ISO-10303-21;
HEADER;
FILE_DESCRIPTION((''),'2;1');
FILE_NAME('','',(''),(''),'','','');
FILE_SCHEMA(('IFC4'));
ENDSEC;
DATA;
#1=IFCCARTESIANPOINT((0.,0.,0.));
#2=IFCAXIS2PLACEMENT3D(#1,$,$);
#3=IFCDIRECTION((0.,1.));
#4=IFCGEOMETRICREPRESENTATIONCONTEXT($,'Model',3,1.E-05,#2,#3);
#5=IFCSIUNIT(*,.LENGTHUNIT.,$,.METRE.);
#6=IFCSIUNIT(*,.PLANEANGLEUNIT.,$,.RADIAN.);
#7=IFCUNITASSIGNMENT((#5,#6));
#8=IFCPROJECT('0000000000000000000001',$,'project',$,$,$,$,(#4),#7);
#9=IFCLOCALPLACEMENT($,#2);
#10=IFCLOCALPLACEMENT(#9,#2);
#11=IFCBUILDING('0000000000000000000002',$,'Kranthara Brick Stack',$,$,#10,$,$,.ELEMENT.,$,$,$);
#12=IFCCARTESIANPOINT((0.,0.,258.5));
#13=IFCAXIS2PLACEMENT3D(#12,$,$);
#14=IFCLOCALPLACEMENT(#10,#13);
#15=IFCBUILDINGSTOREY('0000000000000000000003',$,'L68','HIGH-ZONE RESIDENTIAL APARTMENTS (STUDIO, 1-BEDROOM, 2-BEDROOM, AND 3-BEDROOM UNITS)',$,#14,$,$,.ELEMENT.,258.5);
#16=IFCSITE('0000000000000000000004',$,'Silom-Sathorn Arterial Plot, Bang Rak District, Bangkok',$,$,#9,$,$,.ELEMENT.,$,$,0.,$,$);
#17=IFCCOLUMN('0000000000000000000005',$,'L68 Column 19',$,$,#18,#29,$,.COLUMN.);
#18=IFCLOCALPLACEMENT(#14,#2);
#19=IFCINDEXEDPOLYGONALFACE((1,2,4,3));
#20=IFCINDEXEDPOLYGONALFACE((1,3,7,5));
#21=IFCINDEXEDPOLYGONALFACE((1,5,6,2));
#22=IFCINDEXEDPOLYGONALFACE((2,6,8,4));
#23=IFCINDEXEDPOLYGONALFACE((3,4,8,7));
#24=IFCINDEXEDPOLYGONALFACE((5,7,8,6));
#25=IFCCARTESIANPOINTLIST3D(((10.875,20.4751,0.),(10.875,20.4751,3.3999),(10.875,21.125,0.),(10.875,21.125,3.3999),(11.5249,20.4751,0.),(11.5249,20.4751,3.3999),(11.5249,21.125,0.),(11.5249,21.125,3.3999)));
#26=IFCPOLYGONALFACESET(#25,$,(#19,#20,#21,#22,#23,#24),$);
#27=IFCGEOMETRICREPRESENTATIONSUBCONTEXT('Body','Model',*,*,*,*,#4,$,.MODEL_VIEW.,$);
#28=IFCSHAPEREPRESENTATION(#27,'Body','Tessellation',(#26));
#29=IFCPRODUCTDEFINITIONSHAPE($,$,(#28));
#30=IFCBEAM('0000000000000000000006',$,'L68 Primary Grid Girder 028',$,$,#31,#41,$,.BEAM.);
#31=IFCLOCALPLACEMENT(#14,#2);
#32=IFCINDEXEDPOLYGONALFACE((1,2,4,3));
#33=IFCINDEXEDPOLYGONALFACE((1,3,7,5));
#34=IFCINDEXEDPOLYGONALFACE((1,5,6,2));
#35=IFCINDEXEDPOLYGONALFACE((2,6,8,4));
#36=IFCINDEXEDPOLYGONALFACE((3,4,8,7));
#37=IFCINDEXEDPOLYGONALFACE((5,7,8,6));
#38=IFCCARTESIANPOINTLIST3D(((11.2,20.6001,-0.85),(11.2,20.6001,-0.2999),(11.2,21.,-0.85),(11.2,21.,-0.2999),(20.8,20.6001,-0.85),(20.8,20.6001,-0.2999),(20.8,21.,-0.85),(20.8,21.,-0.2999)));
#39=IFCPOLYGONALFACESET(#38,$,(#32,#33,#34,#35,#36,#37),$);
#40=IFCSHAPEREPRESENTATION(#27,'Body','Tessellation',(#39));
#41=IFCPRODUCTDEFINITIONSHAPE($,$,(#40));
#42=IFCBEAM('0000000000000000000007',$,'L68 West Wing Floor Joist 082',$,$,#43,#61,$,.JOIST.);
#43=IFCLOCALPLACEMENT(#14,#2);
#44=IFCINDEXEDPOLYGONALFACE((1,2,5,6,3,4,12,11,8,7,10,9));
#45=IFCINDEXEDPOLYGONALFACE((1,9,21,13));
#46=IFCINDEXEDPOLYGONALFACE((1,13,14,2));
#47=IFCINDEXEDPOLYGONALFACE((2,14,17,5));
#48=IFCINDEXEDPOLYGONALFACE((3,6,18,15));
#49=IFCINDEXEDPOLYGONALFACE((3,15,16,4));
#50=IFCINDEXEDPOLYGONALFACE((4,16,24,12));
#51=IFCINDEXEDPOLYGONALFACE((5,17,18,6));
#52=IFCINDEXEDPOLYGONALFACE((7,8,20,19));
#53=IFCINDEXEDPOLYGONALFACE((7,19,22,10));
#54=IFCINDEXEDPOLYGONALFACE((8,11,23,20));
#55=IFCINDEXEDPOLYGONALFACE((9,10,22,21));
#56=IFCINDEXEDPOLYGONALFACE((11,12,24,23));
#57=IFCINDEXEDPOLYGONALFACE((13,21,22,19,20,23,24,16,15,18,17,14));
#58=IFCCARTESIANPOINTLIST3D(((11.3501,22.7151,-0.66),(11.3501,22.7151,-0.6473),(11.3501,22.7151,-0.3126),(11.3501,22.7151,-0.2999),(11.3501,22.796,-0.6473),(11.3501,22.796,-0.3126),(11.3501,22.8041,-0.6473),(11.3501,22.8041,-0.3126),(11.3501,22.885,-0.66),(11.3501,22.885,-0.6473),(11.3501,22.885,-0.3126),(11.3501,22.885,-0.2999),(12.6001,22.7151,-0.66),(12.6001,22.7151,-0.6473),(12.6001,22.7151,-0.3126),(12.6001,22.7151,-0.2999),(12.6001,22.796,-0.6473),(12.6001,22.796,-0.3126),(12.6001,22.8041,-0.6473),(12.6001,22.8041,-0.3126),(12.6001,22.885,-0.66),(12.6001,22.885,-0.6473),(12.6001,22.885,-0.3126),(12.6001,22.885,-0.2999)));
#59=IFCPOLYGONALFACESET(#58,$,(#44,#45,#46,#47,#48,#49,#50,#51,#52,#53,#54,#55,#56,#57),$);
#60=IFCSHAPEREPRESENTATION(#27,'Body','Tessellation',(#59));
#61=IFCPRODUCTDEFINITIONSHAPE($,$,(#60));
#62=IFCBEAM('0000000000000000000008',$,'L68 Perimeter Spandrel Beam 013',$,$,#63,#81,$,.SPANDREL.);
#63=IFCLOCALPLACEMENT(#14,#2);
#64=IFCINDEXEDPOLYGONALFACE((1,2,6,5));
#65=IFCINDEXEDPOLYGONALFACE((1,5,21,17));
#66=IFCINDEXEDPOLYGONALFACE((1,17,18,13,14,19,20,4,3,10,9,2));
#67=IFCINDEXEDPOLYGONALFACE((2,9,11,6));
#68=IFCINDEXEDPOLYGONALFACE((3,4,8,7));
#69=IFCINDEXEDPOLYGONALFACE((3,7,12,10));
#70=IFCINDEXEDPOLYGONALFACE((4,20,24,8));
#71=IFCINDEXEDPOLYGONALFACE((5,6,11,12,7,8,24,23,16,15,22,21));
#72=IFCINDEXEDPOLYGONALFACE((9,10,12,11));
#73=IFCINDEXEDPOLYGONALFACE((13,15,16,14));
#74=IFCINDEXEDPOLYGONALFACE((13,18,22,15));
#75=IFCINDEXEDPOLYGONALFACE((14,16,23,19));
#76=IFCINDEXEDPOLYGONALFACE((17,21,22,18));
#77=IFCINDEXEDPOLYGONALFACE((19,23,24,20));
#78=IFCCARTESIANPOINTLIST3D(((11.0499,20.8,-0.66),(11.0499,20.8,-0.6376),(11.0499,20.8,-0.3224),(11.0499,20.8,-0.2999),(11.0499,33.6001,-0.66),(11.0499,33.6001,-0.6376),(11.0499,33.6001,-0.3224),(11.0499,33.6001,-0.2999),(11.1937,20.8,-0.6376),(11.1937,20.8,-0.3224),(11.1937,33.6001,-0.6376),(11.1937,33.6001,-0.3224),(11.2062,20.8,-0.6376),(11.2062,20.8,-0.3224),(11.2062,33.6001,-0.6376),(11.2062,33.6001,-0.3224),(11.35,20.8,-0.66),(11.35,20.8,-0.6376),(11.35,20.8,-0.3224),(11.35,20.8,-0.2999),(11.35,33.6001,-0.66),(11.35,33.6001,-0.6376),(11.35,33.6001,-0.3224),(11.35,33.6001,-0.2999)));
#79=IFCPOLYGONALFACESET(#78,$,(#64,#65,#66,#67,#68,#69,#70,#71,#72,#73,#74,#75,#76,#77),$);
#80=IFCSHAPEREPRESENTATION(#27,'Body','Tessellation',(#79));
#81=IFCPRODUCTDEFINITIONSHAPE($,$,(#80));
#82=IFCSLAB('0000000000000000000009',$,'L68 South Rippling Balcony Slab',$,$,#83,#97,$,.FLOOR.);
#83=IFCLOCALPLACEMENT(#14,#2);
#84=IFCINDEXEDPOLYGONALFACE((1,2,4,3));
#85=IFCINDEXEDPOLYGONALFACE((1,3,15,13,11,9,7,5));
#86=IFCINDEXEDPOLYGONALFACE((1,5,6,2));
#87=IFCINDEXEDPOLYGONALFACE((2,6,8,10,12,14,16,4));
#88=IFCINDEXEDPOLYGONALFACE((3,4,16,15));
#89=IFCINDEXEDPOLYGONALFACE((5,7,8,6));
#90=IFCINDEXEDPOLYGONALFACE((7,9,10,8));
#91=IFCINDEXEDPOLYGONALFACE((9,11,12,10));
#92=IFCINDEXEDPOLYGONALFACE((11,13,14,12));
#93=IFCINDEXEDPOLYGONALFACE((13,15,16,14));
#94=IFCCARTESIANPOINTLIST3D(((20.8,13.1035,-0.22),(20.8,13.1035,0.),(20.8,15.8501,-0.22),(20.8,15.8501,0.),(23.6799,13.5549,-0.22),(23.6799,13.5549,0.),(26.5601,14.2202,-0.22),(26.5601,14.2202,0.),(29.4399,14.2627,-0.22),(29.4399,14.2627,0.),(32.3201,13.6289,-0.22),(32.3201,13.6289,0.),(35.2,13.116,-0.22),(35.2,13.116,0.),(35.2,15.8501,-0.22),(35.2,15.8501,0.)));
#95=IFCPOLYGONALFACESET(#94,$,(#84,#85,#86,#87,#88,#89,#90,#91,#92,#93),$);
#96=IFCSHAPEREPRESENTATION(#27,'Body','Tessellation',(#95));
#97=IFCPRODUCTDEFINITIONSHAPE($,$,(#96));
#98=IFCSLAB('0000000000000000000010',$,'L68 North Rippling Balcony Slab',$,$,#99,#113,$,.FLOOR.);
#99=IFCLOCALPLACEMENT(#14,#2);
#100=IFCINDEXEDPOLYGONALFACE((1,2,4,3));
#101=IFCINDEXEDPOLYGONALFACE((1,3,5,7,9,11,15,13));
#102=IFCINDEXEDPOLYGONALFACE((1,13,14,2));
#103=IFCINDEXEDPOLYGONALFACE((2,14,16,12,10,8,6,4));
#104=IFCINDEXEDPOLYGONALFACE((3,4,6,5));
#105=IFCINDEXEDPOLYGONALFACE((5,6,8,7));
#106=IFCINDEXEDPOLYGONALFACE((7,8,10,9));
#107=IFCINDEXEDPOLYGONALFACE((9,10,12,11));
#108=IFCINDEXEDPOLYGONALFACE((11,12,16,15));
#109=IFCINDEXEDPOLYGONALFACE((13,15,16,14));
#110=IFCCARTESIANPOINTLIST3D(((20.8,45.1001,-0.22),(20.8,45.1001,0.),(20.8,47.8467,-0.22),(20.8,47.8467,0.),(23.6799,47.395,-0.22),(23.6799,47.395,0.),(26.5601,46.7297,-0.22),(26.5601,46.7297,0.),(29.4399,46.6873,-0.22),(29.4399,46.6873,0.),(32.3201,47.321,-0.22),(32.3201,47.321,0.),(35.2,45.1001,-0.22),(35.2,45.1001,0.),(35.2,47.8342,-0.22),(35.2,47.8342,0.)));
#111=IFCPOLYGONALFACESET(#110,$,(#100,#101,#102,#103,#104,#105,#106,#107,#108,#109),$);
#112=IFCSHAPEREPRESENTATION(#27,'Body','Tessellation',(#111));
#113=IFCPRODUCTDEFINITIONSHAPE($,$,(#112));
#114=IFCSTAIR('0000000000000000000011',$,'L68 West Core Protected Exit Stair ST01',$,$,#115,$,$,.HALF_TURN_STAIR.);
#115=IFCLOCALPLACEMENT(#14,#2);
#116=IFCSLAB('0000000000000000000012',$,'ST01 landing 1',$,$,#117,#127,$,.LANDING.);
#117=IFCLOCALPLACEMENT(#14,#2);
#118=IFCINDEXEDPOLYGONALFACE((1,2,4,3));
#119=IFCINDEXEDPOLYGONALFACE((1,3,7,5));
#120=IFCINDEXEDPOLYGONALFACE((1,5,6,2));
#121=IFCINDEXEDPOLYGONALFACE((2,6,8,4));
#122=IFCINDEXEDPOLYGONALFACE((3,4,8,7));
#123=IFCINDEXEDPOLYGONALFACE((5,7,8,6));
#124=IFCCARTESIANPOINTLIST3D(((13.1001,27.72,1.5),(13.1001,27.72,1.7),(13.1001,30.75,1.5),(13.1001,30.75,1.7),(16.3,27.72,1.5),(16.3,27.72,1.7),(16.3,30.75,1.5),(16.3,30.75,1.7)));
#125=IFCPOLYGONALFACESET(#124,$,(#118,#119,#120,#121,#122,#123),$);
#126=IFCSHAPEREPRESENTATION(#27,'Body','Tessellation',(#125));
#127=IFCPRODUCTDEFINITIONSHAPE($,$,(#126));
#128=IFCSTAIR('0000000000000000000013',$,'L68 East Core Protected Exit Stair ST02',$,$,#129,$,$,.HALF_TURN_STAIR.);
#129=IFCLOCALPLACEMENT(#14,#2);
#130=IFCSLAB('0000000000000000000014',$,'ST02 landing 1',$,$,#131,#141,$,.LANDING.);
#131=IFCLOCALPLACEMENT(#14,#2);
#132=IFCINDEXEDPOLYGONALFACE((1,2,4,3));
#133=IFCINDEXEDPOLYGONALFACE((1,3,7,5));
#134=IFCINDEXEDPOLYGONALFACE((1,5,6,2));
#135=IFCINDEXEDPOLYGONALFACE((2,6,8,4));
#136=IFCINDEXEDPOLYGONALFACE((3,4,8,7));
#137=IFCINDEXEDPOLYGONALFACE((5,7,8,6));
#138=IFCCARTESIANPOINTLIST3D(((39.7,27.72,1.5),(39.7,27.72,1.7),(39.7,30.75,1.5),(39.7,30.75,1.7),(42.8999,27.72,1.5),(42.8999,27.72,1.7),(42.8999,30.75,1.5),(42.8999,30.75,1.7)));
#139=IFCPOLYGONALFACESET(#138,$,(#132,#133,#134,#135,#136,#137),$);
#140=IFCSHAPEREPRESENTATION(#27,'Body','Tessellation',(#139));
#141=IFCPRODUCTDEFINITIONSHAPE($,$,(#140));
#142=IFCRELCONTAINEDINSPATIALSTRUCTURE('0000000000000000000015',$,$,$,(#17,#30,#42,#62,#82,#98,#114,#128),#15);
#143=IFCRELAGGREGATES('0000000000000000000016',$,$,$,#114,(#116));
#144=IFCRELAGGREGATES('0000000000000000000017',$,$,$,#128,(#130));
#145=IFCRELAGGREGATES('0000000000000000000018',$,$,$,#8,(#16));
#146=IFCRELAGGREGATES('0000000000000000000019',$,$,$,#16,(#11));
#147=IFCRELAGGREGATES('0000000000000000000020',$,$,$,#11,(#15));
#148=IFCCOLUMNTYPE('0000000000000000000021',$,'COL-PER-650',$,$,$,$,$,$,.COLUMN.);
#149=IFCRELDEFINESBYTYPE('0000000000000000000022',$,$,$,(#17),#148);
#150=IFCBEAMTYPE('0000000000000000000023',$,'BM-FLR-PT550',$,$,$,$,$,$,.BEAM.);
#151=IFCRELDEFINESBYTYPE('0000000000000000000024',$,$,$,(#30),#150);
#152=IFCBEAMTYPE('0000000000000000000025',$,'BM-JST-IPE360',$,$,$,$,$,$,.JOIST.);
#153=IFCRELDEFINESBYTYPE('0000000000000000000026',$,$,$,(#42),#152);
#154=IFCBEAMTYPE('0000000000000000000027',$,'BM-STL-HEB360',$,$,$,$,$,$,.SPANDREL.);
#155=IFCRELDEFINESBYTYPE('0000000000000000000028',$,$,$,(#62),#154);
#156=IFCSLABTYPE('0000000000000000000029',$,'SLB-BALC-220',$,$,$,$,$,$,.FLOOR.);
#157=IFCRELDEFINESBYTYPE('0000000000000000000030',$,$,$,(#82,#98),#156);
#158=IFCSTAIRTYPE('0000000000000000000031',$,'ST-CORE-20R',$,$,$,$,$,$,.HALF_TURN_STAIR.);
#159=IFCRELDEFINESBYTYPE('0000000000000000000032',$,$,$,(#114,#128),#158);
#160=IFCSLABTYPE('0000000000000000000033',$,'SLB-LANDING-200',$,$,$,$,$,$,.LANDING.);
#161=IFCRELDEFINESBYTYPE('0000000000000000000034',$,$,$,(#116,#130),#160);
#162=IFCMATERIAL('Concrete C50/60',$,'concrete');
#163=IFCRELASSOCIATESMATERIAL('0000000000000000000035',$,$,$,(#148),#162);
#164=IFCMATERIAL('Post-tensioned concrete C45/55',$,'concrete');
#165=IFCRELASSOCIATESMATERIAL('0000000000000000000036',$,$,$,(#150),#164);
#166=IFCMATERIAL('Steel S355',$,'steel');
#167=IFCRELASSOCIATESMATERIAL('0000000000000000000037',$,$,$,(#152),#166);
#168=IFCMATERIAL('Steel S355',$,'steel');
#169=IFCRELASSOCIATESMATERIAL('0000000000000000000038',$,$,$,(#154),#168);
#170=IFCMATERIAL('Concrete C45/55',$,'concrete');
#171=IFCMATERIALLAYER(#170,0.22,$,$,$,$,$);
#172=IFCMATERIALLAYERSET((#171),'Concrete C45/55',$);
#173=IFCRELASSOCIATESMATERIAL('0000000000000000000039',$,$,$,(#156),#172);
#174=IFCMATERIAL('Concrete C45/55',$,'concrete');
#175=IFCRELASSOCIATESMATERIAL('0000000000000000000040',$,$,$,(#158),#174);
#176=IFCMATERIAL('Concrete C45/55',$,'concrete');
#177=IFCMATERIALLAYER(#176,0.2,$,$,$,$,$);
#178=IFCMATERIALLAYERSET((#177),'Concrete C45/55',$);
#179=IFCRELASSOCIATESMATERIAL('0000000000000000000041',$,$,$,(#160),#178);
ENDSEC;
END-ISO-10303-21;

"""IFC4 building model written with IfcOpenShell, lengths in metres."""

from ifc_helpers import new_model, si_unit, direction, frame, origin, origin_2d, place, context, subcontext, project, spatial, polyline, rectangle, i_section, outline, extrude, material, layer, layer_set, material_profile, profile_set, type_object, element, aggregate, save


model = new_model("IFC4")

# Units and contexts
model_context = context("Model", 3, precision=1e-05, world=origin(), true_north=direction((0.0, 1.0)))
body_context = subcontext(model_context, "Body", "Model", "MODEL_VIEW")
ifc_project = project(units=[si_unit("LENGTHUNIT", "METRE"), si_unit("PLANEANGLEUNIT", "RADIAN")], contexts=[model_context])

# Site, building, storey
site_placement = place(None, origin())
site = spatial("IfcSite", under=ifc_project, at=site_placement, Name="Silom-Sathorn Arterial Plot, Bang Rak District, Bangkok", CompositionType="ELEMENT", RefElevation=0.0)
building_placement = place(site_placement, origin())
building = spatial("IfcBuilding", under=site, at=building_placement, Name="Kranthara Brick Stack", CompositionType="ELEMENT")
storey_placement = place(building_placement, frame((0.0, 0.0, 258.5)))
storey = spatial("IfcBuildingStorey", under=building, at=storey_placement, Name="L68", Description="HIGH-ZONE RESIDENTIAL APARTMENTS (STUDIO, 1-BEDROOM, 2-BEDROOM, AND 3-BEDROOM UNITS)", CompositionType="ELEMENT", Elevation=258.5)

# Column
ifc_material_1 = material(Name="Concrete C50/60", Category="concrete")
ifc_material_profile_1 = material_profile(ifc_material_1, rectangle(XDim=0.6499, YDim=0.6499, at=origin_2d()), Name="RC 650x650")
ifc_profile_set_1 = profile_set([ifc_material_profile_1], Name="Concrete C50/60")
column_type = type_object("IfcColumnType", Name="COL-PER-650", PredefinedType="COLUMN", material=ifc_profile_set_1)
column_placement = place(storey_placement, frame((11.2, 20.8, 0.0), z_axis=(0.0, 0.0, 1.0), x_axis=(1.0, 0.0, 0.0)))
element("IfcColumn", 1, at=column_placement, inside=storey, type_object=column_type, Name="L68 Column 19", PredefinedType="COLUMN", context=body_context, shape_type="SweptSolid", body=[
    extrude(rectangle(XDim=0.6499, YDim=0.6499, at=origin_2d()), origin(), (0.0, 0.0, 1.0), 3.3999),
])

# Beams
ifc_material_2 = material(Name="Post-tensioned concrete C45/55", Category="concrete")
ifc_material_profile_2 = material_profile(ifc_material_2, rectangle(XDim=0.3999, YDim=0.55, at=origin_2d()), Name="PT 400x550")
ifc_profile_set_2 = profile_set([ifc_material_profile_2], Name="Post-tensioned concrete C45/55")
beam_type_1 = type_object("IfcBeamType", Name="BM-FLR-PT550", PredefinedType="BEAM", material=ifc_profile_set_2)
beam_1_placement = place(storey_placement, frame((11.2, 20.8, -0.575), z_axis=(1.0, 0.0, 0.0), x_axis=(0.0, 1.0, 0.0)))
element("IfcBeam", 2, at=beam_1_placement, inside=storey, type_object=beam_type_1, Name="L68 Primary Grid Girder 028", PredefinedType="BEAM", context=body_context, shape_type="SweptSolid", body=[
    extrude(rectangle(XDim=0.3999, YDim=0.55, at=origin_2d()), origin(), (0.0, 0.0, 1.0), 9.6001),
])
ifc_material_3 = material(Name="Steel S355", Category="steel")
ifc_material_profile_3 = material_profile(ifc_material_3, i_section(OverallWidth=0.1699, OverallDepth=0.3601, WebThickness=0.0081, FlangeThickness=0.0127, at=origin_2d()), Name="IPE 360")
ifc_profile_set_3 = profile_set([ifc_material_profile_3], Name="Steel S355")
beam_type_2 = type_object("IfcBeamType", Name="BM-JST-IPE360", PredefinedType="JOIST", material=ifc_profile_set_3)
beam_2_placement = place(storey_placement, frame((11.3501, 22.8, -0.48), z_axis=(1.0, 0.0, 0.0), x_axis=(0.0, 1.0, 0.0)))
element("IfcBeam", 3, at=beam_2_placement, inside=storey, type_object=beam_type_2, Name="L68 West Wing Floor Joist 082", PredefinedType="JOIST", context=body_context, shape_type="SweptSolid", body=[
    extrude(i_section(OverallWidth=0.1699, OverallDepth=0.3601, WebThickness=0.0081, FlangeThickness=0.0127, at=origin_2d()), origin(), (0.0, 0.0, 1.0), 1.25),
])
ifc_material_4 = material(Name="Steel S355", Category="steel")
ifc_material_profile_4 = material_profile(ifc_material_4, i_section(OverallWidth=0.3, OverallDepth=0.3601, WebThickness=0.0125, FlangeThickness=0.0225, at=origin_2d()), Name="HEB 360")
ifc_profile_set_4 = profile_set([ifc_material_profile_4], Name="Steel S355")
beam_type_3 = type_object("IfcBeamType", Name="BM-STL-HEB360", PredefinedType="SPANDREL", material=ifc_profile_set_4)
beam_3_placement = place(storey_placement, frame((11.2, 20.8, -0.48), z_axis=(0.0, 1.0, 0.0), x_axis=(-1.0, 0.0, 0.0)))
element("IfcBeam", 4, at=beam_3_placement, inside=storey, type_object=beam_type_3, Name="L68 Perimeter Spandrel Beam 013", PredefinedType="SPANDREL", context=body_context, shape_type="SweptSolid", body=[
    extrude(i_section(OverallWidth=0.3, OverallDepth=0.3601, WebThickness=0.0125, FlangeThickness=0.0225, at=origin_2d()), origin(), (0.0, 0.0, 1.0), 12.8),
])

# Slabs
ifc_material_5 = material(Name="Concrete C45/55", Category="concrete")
ifc_layer_1 = layer(ifc_material_5, 0.22)
ifc_layer_set_1 = layer_set([ifc_layer_1], Name="Concrete C45/55")
slab_type_1 = type_object("IfcSlabType", Name="SLB-BALC-220", PredefinedType="FLOOR", material=ifc_layer_set_1)
slab_1_placement = place(storey_placement, frame((0.0, 0.0, -0.22)))
element("IfcSlab", 5, at=slab_1_placement, inside=storey, type_object=slab_type_1, Name="L68 South Rippling Balcony Slab", PredefinedType="FLOOR", context=body_context, shape_type="SweptSolid", body=[
    extrude(outline(polyline([(20.8, 15.8501), (35.2, 15.8501), (35.2, 13.116), (32.3201, 13.6289), (29.4399, 14.2627), (26.5601, 14.2202), (23.6799, 13.5549), (20.8, 13.1035), (20.8, 15.8501)])), origin(), (0.0, 0.0, 1.0), 0.22),
])
slab_2_placement = place(storey_placement, frame((0.0, 0.0, -0.22)))
element("IfcSlab", 6, at=slab_2_placement, inside=storey, type_object=slab_type_1, Name="L68 North Rippling Balcony Slab", PredefinedType="FLOOR", context=body_context, shape_type="SweptSolid", body=[
    extrude(outline(polyline([(35.2, 45.1001), (20.8, 45.1001), (20.8, 47.8467), (23.6799, 47.395), (26.5601, 46.7297), (29.4399, 46.6873), (32.3201, 47.321), (35.2, 47.8342), (35.2, 45.1001)])), origin(), (0.0, 0.0, 1.0), 0.22),
])

# Stairs, slabs
ifc_material_6 = material(Name="Concrete C45/55", Category="concrete")
stair_type = type_object("IfcStairType", Name="ST-CORE-20R", PredefinedType="HALF_TURN_STAIR", material=ifc_material_6)
stair_1_placement = place(storey_placement, origin())
stair_1 = element("IfcStair", 7, at=stair_1_placement, inside=storey, type_object=stair_type, Name="L68 West Core Protected Exit Stair ST01", PredefinedType="HALF_TURN_STAIR")
ifc_material_7 = material(Name="Concrete C45/55", Category="concrete")
ifc_layer_2 = layer(ifc_material_7, 0.2)
ifc_layer_set_2 = layer_set([ifc_layer_2], Name="Concrete C45/55")
slab_type_2 = type_object("IfcSlabType", Name="SLB-LANDING-200", PredefinedType="LANDING", material=ifc_layer_set_2)
slab_3_placement = place(storey_placement, frame((0.0, 0.0, 1.5)))
slab_3 = element("IfcSlab", 8, at=slab_3_placement, type_object=slab_type_2, Name="ST01 landing 1", PredefinedType="LANDING", context=body_context, shape_type="SweptSolid", body=[
    extrude(outline(polyline([(16.3, 27.72), (16.3, 30.75), (13.1001, 30.75), (13.1001, 27.72), (16.3, 27.72)])), origin(), (0.0, 0.0, 1.0), 0.2),
])
aggregate(stair_1, [slab_3])
stair_2_placement = place(storey_placement, origin())
stair_2 = element("IfcStair", 9, at=stair_2_placement, inside=storey, type_object=stair_type, Name="L68 East Core Protected Exit Stair ST02", PredefinedType="HALF_TURN_STAIR")
slab_4_placement = place(storey_placement, frame((0.0, 0.0, 1.5)))
slab_4 = element("IfcSlab", 10, at=slab_4_placement, type_object=slab_type_2, Name="ST02 landing 1", PredefinedType="LANDING", context=body_context, shape_type="SweptSolid", body=[
    extrude(outline(polyline([(42.8999, 27.72), (42.8999, 30.75), (39.7, 30.75), (39.7, 27.72), (42.8999, 27.72)])), origin(), (0.0, 0.0, 1.0), 0.2),
])
aggregate(stair_2, [slab_4])

save(model, "model.ifc")
